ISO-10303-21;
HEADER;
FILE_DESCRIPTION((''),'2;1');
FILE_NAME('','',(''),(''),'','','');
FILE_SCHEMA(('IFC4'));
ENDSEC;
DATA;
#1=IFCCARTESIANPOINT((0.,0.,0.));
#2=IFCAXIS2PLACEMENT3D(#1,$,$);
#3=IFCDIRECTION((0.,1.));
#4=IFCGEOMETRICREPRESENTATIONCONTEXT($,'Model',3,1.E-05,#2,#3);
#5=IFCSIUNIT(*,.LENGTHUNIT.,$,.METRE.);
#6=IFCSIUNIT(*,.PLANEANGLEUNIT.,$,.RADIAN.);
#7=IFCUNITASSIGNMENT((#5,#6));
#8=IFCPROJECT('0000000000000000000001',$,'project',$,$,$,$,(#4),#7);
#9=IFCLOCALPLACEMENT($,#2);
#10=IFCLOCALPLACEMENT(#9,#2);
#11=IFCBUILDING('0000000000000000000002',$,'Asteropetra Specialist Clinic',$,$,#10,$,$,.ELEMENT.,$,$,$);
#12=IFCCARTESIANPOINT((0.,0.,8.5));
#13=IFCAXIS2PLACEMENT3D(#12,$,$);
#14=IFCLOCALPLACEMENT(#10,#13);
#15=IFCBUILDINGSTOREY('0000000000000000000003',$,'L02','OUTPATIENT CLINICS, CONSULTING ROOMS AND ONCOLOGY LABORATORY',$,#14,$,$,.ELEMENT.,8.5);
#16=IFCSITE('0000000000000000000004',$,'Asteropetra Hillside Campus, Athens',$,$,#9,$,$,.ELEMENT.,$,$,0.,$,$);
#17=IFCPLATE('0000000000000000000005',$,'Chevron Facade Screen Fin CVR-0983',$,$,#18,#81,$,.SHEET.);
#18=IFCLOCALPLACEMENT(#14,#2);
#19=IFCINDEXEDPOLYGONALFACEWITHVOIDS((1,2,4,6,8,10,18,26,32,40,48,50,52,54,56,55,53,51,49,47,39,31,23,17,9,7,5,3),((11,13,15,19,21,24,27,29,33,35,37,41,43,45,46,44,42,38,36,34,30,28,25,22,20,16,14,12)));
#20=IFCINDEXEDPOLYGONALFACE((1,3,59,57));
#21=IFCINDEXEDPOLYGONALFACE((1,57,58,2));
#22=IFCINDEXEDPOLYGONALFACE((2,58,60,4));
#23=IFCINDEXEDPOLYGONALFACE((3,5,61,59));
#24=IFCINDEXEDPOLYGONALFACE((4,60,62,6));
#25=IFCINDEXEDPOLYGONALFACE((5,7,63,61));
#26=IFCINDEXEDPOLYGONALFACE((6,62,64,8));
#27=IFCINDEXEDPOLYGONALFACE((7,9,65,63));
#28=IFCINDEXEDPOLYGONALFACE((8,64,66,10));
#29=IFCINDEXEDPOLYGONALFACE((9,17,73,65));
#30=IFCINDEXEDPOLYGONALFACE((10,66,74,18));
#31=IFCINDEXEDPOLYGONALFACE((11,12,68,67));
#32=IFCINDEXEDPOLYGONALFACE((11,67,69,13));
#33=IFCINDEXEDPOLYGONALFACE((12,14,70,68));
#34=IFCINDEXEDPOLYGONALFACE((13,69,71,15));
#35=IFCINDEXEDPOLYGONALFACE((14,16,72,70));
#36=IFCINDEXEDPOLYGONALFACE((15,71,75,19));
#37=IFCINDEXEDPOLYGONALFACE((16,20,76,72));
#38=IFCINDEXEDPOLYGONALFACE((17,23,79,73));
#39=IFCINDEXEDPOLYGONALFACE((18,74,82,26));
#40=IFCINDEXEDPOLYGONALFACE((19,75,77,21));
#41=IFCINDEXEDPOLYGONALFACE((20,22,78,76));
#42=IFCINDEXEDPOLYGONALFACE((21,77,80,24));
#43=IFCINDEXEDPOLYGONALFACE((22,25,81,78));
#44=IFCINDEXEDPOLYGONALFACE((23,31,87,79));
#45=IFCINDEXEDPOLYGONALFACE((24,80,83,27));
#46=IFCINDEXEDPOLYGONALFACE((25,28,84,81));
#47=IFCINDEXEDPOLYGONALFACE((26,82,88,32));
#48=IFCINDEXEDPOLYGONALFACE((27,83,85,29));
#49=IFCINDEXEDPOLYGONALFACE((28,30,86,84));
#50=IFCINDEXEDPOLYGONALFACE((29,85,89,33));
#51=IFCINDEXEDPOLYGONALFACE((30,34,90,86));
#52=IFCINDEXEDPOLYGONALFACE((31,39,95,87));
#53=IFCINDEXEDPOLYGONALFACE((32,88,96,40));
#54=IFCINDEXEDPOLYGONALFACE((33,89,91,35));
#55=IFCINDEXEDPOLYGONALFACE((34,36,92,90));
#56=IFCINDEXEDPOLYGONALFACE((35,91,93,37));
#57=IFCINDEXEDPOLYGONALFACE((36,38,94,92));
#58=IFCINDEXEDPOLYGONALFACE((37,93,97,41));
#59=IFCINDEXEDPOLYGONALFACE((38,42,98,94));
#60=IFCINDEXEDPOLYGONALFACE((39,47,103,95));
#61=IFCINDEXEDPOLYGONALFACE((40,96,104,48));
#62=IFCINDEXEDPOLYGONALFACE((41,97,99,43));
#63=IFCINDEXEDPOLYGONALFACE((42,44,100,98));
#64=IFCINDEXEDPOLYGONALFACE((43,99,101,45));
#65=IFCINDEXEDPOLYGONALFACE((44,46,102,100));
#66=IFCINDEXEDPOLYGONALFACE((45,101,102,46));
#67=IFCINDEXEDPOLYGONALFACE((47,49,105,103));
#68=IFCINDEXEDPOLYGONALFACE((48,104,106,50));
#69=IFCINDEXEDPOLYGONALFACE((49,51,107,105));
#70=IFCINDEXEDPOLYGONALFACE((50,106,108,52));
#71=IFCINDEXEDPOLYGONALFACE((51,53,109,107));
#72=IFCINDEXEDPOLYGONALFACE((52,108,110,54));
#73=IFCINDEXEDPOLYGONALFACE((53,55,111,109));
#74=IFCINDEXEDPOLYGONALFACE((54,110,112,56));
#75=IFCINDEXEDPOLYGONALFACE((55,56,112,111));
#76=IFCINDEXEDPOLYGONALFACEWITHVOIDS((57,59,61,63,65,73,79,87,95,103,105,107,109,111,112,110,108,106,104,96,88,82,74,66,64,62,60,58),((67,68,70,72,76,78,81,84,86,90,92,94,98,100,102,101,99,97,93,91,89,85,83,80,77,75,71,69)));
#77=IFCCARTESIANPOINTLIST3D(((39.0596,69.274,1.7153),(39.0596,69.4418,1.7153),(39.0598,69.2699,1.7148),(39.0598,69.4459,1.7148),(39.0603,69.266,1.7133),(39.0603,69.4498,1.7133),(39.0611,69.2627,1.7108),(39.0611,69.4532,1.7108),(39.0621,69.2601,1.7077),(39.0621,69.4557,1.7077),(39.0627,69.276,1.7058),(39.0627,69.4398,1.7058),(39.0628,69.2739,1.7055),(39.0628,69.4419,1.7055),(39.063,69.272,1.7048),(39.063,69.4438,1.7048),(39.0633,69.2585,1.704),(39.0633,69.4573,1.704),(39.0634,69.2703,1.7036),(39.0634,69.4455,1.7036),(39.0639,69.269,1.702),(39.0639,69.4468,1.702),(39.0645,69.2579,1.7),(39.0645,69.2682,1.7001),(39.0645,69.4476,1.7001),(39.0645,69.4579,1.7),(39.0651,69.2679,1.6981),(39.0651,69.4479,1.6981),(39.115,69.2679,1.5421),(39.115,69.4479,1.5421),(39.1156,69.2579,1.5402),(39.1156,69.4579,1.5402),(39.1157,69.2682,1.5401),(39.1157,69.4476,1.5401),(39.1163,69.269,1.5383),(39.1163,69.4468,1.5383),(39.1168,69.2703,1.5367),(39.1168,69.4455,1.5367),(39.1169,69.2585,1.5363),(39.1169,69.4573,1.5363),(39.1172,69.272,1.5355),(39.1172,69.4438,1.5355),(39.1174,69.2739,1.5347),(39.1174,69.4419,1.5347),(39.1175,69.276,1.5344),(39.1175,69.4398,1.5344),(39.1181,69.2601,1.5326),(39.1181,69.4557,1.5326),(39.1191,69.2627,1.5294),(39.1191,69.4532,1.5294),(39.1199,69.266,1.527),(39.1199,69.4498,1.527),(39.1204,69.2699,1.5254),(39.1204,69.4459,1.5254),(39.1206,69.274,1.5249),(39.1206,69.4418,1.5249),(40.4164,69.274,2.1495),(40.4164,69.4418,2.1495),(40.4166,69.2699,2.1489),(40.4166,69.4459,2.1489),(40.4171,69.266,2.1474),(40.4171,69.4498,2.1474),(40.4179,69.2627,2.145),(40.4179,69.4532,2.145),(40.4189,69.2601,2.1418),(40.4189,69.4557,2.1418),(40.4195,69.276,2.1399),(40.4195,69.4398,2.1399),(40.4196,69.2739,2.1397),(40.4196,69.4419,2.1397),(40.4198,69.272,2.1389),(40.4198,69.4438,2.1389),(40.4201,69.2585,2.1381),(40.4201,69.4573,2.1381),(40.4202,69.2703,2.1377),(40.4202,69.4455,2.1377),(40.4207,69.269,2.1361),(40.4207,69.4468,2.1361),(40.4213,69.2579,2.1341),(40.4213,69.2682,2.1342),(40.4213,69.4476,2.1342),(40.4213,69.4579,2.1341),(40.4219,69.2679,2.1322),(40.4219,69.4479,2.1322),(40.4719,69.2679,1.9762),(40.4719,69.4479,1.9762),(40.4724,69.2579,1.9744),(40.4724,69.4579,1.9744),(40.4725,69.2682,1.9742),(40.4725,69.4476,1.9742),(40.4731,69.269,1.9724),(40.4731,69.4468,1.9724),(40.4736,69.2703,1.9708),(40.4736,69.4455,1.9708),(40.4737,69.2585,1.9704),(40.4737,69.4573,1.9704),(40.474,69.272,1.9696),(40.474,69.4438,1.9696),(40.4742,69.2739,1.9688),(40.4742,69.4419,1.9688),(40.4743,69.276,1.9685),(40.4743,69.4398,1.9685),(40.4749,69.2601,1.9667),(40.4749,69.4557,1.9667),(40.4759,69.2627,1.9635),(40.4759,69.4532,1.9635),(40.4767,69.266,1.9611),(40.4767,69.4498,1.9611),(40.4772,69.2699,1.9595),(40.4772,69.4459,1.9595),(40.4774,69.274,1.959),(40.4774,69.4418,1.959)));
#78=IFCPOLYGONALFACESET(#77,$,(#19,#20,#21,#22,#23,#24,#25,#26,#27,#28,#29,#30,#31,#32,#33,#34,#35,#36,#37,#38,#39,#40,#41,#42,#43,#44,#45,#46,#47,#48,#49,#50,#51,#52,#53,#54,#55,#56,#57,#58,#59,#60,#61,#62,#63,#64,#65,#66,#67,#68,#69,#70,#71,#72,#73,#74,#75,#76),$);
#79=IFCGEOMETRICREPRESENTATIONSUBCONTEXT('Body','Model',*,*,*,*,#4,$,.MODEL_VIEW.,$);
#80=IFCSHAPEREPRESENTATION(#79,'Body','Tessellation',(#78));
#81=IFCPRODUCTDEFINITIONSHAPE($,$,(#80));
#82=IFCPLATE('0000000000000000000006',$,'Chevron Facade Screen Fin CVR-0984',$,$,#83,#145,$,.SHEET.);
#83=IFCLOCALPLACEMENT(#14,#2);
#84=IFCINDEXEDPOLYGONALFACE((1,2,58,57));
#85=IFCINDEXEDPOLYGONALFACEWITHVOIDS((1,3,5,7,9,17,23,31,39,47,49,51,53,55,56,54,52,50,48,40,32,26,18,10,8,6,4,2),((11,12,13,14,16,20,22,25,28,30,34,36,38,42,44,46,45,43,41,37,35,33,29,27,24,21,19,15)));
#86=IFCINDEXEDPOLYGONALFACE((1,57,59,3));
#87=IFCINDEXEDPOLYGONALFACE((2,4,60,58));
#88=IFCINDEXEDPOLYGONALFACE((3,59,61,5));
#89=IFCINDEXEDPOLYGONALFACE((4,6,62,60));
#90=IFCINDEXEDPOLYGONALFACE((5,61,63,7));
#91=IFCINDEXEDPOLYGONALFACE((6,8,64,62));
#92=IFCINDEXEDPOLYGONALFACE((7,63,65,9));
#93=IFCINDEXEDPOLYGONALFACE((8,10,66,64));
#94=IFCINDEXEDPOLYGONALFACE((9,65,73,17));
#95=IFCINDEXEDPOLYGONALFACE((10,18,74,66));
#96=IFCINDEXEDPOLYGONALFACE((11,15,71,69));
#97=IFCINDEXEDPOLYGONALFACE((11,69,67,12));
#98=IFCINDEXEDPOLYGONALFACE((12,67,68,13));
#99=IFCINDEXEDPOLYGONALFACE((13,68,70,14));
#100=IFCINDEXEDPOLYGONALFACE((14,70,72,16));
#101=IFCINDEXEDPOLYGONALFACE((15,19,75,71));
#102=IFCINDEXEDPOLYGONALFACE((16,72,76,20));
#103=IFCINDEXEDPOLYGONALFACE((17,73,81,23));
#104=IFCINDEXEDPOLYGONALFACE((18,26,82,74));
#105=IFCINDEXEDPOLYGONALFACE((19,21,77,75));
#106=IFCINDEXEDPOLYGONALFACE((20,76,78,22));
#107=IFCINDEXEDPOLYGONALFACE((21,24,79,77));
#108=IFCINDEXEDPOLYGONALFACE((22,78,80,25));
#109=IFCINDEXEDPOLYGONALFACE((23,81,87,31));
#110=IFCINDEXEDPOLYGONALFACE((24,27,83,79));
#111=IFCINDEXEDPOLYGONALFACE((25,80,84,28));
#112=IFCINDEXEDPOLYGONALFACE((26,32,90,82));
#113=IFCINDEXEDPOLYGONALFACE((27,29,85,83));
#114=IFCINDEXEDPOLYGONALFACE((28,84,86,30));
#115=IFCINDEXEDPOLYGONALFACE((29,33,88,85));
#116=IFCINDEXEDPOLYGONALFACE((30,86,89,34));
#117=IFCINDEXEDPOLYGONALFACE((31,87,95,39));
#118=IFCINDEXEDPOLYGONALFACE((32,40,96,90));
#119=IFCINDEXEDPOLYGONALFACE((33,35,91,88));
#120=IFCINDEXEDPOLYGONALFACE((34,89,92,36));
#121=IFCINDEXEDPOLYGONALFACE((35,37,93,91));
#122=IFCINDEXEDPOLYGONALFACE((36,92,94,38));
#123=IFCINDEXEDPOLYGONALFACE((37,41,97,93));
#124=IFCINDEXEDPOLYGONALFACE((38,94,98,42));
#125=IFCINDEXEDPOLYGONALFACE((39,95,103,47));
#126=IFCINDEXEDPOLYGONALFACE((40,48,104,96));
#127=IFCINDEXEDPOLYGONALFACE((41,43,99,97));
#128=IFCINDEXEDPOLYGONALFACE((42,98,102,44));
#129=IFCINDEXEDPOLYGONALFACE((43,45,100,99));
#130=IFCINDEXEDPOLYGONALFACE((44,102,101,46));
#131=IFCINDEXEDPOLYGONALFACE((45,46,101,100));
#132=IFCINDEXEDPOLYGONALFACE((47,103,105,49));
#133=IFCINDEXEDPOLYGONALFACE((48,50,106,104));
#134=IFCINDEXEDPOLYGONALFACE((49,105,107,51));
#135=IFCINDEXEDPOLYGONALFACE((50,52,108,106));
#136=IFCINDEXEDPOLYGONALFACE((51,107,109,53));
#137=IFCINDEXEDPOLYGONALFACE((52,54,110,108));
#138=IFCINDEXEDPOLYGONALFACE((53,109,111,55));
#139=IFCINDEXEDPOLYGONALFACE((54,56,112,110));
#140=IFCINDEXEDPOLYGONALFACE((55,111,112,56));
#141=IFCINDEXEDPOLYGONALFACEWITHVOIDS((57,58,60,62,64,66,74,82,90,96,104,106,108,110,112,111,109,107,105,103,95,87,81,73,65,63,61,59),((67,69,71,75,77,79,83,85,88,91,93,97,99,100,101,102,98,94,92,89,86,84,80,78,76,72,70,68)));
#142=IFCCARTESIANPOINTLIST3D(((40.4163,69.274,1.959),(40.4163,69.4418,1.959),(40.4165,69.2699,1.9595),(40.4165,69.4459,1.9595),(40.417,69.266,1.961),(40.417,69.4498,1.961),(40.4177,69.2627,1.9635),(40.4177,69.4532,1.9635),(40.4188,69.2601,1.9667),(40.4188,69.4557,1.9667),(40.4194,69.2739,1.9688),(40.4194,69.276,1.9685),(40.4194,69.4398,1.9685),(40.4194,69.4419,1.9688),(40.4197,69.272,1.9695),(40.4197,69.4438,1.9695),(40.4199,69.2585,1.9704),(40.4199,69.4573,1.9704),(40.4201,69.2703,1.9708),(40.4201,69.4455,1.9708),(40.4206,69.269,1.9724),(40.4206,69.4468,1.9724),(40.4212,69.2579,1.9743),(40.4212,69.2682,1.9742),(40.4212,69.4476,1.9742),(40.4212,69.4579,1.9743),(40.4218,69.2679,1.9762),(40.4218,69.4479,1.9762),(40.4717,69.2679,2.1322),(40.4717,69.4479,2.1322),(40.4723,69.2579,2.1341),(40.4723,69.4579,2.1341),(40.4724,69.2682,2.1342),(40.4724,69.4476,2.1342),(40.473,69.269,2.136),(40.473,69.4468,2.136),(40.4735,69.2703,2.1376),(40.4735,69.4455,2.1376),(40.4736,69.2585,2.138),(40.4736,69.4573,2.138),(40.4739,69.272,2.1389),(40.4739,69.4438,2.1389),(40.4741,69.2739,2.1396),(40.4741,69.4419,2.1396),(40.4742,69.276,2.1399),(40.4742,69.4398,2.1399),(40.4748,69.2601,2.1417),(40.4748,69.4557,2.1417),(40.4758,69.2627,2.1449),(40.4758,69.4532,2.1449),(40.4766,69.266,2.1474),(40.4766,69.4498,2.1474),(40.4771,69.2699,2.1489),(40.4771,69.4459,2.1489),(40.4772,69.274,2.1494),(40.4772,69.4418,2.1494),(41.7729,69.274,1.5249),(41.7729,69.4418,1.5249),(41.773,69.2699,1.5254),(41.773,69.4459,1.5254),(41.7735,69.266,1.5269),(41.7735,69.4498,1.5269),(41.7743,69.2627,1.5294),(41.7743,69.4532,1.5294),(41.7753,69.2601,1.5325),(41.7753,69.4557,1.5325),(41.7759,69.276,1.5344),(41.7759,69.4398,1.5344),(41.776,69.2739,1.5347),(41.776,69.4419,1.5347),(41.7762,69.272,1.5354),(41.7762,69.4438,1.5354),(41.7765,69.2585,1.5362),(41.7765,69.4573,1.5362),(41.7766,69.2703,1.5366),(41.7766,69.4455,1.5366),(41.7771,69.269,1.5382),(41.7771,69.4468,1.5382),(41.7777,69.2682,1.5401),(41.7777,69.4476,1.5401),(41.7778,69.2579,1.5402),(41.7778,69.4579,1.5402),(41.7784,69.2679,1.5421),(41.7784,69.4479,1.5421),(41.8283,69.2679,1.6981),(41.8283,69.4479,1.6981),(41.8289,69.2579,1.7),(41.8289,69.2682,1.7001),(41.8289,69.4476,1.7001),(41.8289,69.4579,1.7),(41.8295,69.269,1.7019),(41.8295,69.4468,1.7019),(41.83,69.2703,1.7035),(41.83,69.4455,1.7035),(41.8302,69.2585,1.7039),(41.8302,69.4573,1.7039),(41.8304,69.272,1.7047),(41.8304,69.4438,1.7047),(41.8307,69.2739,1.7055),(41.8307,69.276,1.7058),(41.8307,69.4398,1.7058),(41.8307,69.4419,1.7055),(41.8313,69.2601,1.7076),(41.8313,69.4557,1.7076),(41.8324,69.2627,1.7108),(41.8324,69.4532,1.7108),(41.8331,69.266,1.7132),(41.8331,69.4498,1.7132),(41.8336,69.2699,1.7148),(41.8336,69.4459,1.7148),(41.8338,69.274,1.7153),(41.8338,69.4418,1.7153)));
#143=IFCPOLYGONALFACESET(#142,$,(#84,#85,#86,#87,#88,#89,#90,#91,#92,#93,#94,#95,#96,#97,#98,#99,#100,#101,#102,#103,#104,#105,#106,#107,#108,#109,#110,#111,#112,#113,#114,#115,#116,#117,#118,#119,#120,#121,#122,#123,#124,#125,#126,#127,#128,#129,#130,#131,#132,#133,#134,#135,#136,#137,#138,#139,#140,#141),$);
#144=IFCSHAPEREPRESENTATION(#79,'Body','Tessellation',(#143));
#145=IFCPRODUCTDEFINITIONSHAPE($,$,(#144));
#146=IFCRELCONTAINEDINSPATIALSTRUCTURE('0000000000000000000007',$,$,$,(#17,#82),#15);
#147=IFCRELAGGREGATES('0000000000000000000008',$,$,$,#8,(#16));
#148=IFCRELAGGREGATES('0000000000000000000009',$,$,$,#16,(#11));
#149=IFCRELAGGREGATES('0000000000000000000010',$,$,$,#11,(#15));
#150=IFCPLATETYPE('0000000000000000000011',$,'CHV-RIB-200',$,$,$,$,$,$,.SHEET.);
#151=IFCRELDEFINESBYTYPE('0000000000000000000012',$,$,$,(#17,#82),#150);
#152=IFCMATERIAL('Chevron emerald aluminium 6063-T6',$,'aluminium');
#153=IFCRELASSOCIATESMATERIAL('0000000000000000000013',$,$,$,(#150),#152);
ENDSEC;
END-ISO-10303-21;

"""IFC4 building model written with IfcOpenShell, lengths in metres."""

from ifc_helpers import new_model, si_unit, direction, frame, origin, origin_2d, place, context, subcontext, project, spatial, hollow_rectangle, extrude, material, material_profile, profile_set, type_object, element, save


model = new_model("IFC4")

# Units and contexts
model_context = context("Model", 3, precision=1e-05, world=origin(), true_north=direction((0.0, 1.0)))
body_context = subcontext(model_context, "Body", "Model", "MODEL_VIEW")
ifc_project = project(units=[si_unit("LENGTHUNIT", "METRE"), si_unit("PLANEANGLEUNIT", "RADIAN")], contexts=[model_context])

# Site, building, storey
site_placement = place(None, origin())
site = spatial("IfcSite", under=ifc_project, at=site_placement, Name="Asteropetra Hillside Campus, Athens", CompositionType="ELEMENT", RefElevation=0.0)
building_placement = place(site_placement, origin())
building = spatial("IfcBuilding", under=site, at=building_placement, Name="Asteropetra Specialist Clinic", CompositionType="ELEMENT")
storey_placement = place(building_placement, frame((0.0, 0.0, 8.5)))
storey = spatial("IfcBuildingStorey", under=building, at=storey_placement, Name="L02", Description="OUTPATIENT CLINICS, CONSULTING ROOMS AND ONCOLOGY LABORATORY", CompositionType="ELEMENT", Elevation=8.5)

# Plates
ifc_material = material(Name="Chevron emerald aluminium 6063-T6", Category="aluminium")
ifc_material_profile = material_profile(ifc_material, hollow_rectangle(XDim=0.2, YDim=0.2, WallThickness=0.01, InnerFilletRadius=0.0081, OuterFilletRadius=0.0161, at=origin_2d()), Name="SHS 200x200x10.0")
ifc_profile_set = profile_set([ifc_material_profile], Name="Chevron emerald aluminium 6063-T6")
plate_type = type_object("IfcPlateType", Name="CHV-RIB-200", PredefinedType="SHEET", material=ifc_profile_set)
plate_1_placement = place(storey_placement, frame((39.0901, 69.3579, 1.6201), z_axis=(0.952436, 0.0, 0.304738), x_axis=(0.0, 1.0, 0.0)))
element("IfcPlate", 1, at=plate_1_placement, inside=storey, type_object=plate_type, Name="Chevron Facade Screen Fin CVR-0983", PredefinedType="SHEET", context=body_context, shape_type="SweptSolid", body=[
    extrude(hollow_rectangle(XDim=0.2, YDim=0.2, WallThickness=0.01, InnerFilletRadius=0.0081, OuterFilletRadius=0.0161, at=origin_2d()), origin(), (0.0, 0.0, 1.0), 1.4246),
])
plate_2_placement = place(storey_placement, frame((40.4468, 69.3579, 2.0542), z_axis=(0.95242, 0.0, -0.304788), x_axis=(0.0, 1.0, 0.0)))
element("IfcPlate", 2, at=plate_2_placement, inside=storey, type_object=plate_type, Name="Chevron Facade Screen Fin CVR-0984", PredefinedType="SHEET", context=body_context, shape_type="SweptSolid", body=[
    extrude(hollow_rectangle(XDim=0.2, YDim=0.2, WallThickness=0.01, InnerFilletRadius=0.0081, OuterFilletRadius=0.0161, at=origin_2d()), origin(), (0.0, 0.0, 1.0), 1.4243),
])

save(model, "model.ifc")
